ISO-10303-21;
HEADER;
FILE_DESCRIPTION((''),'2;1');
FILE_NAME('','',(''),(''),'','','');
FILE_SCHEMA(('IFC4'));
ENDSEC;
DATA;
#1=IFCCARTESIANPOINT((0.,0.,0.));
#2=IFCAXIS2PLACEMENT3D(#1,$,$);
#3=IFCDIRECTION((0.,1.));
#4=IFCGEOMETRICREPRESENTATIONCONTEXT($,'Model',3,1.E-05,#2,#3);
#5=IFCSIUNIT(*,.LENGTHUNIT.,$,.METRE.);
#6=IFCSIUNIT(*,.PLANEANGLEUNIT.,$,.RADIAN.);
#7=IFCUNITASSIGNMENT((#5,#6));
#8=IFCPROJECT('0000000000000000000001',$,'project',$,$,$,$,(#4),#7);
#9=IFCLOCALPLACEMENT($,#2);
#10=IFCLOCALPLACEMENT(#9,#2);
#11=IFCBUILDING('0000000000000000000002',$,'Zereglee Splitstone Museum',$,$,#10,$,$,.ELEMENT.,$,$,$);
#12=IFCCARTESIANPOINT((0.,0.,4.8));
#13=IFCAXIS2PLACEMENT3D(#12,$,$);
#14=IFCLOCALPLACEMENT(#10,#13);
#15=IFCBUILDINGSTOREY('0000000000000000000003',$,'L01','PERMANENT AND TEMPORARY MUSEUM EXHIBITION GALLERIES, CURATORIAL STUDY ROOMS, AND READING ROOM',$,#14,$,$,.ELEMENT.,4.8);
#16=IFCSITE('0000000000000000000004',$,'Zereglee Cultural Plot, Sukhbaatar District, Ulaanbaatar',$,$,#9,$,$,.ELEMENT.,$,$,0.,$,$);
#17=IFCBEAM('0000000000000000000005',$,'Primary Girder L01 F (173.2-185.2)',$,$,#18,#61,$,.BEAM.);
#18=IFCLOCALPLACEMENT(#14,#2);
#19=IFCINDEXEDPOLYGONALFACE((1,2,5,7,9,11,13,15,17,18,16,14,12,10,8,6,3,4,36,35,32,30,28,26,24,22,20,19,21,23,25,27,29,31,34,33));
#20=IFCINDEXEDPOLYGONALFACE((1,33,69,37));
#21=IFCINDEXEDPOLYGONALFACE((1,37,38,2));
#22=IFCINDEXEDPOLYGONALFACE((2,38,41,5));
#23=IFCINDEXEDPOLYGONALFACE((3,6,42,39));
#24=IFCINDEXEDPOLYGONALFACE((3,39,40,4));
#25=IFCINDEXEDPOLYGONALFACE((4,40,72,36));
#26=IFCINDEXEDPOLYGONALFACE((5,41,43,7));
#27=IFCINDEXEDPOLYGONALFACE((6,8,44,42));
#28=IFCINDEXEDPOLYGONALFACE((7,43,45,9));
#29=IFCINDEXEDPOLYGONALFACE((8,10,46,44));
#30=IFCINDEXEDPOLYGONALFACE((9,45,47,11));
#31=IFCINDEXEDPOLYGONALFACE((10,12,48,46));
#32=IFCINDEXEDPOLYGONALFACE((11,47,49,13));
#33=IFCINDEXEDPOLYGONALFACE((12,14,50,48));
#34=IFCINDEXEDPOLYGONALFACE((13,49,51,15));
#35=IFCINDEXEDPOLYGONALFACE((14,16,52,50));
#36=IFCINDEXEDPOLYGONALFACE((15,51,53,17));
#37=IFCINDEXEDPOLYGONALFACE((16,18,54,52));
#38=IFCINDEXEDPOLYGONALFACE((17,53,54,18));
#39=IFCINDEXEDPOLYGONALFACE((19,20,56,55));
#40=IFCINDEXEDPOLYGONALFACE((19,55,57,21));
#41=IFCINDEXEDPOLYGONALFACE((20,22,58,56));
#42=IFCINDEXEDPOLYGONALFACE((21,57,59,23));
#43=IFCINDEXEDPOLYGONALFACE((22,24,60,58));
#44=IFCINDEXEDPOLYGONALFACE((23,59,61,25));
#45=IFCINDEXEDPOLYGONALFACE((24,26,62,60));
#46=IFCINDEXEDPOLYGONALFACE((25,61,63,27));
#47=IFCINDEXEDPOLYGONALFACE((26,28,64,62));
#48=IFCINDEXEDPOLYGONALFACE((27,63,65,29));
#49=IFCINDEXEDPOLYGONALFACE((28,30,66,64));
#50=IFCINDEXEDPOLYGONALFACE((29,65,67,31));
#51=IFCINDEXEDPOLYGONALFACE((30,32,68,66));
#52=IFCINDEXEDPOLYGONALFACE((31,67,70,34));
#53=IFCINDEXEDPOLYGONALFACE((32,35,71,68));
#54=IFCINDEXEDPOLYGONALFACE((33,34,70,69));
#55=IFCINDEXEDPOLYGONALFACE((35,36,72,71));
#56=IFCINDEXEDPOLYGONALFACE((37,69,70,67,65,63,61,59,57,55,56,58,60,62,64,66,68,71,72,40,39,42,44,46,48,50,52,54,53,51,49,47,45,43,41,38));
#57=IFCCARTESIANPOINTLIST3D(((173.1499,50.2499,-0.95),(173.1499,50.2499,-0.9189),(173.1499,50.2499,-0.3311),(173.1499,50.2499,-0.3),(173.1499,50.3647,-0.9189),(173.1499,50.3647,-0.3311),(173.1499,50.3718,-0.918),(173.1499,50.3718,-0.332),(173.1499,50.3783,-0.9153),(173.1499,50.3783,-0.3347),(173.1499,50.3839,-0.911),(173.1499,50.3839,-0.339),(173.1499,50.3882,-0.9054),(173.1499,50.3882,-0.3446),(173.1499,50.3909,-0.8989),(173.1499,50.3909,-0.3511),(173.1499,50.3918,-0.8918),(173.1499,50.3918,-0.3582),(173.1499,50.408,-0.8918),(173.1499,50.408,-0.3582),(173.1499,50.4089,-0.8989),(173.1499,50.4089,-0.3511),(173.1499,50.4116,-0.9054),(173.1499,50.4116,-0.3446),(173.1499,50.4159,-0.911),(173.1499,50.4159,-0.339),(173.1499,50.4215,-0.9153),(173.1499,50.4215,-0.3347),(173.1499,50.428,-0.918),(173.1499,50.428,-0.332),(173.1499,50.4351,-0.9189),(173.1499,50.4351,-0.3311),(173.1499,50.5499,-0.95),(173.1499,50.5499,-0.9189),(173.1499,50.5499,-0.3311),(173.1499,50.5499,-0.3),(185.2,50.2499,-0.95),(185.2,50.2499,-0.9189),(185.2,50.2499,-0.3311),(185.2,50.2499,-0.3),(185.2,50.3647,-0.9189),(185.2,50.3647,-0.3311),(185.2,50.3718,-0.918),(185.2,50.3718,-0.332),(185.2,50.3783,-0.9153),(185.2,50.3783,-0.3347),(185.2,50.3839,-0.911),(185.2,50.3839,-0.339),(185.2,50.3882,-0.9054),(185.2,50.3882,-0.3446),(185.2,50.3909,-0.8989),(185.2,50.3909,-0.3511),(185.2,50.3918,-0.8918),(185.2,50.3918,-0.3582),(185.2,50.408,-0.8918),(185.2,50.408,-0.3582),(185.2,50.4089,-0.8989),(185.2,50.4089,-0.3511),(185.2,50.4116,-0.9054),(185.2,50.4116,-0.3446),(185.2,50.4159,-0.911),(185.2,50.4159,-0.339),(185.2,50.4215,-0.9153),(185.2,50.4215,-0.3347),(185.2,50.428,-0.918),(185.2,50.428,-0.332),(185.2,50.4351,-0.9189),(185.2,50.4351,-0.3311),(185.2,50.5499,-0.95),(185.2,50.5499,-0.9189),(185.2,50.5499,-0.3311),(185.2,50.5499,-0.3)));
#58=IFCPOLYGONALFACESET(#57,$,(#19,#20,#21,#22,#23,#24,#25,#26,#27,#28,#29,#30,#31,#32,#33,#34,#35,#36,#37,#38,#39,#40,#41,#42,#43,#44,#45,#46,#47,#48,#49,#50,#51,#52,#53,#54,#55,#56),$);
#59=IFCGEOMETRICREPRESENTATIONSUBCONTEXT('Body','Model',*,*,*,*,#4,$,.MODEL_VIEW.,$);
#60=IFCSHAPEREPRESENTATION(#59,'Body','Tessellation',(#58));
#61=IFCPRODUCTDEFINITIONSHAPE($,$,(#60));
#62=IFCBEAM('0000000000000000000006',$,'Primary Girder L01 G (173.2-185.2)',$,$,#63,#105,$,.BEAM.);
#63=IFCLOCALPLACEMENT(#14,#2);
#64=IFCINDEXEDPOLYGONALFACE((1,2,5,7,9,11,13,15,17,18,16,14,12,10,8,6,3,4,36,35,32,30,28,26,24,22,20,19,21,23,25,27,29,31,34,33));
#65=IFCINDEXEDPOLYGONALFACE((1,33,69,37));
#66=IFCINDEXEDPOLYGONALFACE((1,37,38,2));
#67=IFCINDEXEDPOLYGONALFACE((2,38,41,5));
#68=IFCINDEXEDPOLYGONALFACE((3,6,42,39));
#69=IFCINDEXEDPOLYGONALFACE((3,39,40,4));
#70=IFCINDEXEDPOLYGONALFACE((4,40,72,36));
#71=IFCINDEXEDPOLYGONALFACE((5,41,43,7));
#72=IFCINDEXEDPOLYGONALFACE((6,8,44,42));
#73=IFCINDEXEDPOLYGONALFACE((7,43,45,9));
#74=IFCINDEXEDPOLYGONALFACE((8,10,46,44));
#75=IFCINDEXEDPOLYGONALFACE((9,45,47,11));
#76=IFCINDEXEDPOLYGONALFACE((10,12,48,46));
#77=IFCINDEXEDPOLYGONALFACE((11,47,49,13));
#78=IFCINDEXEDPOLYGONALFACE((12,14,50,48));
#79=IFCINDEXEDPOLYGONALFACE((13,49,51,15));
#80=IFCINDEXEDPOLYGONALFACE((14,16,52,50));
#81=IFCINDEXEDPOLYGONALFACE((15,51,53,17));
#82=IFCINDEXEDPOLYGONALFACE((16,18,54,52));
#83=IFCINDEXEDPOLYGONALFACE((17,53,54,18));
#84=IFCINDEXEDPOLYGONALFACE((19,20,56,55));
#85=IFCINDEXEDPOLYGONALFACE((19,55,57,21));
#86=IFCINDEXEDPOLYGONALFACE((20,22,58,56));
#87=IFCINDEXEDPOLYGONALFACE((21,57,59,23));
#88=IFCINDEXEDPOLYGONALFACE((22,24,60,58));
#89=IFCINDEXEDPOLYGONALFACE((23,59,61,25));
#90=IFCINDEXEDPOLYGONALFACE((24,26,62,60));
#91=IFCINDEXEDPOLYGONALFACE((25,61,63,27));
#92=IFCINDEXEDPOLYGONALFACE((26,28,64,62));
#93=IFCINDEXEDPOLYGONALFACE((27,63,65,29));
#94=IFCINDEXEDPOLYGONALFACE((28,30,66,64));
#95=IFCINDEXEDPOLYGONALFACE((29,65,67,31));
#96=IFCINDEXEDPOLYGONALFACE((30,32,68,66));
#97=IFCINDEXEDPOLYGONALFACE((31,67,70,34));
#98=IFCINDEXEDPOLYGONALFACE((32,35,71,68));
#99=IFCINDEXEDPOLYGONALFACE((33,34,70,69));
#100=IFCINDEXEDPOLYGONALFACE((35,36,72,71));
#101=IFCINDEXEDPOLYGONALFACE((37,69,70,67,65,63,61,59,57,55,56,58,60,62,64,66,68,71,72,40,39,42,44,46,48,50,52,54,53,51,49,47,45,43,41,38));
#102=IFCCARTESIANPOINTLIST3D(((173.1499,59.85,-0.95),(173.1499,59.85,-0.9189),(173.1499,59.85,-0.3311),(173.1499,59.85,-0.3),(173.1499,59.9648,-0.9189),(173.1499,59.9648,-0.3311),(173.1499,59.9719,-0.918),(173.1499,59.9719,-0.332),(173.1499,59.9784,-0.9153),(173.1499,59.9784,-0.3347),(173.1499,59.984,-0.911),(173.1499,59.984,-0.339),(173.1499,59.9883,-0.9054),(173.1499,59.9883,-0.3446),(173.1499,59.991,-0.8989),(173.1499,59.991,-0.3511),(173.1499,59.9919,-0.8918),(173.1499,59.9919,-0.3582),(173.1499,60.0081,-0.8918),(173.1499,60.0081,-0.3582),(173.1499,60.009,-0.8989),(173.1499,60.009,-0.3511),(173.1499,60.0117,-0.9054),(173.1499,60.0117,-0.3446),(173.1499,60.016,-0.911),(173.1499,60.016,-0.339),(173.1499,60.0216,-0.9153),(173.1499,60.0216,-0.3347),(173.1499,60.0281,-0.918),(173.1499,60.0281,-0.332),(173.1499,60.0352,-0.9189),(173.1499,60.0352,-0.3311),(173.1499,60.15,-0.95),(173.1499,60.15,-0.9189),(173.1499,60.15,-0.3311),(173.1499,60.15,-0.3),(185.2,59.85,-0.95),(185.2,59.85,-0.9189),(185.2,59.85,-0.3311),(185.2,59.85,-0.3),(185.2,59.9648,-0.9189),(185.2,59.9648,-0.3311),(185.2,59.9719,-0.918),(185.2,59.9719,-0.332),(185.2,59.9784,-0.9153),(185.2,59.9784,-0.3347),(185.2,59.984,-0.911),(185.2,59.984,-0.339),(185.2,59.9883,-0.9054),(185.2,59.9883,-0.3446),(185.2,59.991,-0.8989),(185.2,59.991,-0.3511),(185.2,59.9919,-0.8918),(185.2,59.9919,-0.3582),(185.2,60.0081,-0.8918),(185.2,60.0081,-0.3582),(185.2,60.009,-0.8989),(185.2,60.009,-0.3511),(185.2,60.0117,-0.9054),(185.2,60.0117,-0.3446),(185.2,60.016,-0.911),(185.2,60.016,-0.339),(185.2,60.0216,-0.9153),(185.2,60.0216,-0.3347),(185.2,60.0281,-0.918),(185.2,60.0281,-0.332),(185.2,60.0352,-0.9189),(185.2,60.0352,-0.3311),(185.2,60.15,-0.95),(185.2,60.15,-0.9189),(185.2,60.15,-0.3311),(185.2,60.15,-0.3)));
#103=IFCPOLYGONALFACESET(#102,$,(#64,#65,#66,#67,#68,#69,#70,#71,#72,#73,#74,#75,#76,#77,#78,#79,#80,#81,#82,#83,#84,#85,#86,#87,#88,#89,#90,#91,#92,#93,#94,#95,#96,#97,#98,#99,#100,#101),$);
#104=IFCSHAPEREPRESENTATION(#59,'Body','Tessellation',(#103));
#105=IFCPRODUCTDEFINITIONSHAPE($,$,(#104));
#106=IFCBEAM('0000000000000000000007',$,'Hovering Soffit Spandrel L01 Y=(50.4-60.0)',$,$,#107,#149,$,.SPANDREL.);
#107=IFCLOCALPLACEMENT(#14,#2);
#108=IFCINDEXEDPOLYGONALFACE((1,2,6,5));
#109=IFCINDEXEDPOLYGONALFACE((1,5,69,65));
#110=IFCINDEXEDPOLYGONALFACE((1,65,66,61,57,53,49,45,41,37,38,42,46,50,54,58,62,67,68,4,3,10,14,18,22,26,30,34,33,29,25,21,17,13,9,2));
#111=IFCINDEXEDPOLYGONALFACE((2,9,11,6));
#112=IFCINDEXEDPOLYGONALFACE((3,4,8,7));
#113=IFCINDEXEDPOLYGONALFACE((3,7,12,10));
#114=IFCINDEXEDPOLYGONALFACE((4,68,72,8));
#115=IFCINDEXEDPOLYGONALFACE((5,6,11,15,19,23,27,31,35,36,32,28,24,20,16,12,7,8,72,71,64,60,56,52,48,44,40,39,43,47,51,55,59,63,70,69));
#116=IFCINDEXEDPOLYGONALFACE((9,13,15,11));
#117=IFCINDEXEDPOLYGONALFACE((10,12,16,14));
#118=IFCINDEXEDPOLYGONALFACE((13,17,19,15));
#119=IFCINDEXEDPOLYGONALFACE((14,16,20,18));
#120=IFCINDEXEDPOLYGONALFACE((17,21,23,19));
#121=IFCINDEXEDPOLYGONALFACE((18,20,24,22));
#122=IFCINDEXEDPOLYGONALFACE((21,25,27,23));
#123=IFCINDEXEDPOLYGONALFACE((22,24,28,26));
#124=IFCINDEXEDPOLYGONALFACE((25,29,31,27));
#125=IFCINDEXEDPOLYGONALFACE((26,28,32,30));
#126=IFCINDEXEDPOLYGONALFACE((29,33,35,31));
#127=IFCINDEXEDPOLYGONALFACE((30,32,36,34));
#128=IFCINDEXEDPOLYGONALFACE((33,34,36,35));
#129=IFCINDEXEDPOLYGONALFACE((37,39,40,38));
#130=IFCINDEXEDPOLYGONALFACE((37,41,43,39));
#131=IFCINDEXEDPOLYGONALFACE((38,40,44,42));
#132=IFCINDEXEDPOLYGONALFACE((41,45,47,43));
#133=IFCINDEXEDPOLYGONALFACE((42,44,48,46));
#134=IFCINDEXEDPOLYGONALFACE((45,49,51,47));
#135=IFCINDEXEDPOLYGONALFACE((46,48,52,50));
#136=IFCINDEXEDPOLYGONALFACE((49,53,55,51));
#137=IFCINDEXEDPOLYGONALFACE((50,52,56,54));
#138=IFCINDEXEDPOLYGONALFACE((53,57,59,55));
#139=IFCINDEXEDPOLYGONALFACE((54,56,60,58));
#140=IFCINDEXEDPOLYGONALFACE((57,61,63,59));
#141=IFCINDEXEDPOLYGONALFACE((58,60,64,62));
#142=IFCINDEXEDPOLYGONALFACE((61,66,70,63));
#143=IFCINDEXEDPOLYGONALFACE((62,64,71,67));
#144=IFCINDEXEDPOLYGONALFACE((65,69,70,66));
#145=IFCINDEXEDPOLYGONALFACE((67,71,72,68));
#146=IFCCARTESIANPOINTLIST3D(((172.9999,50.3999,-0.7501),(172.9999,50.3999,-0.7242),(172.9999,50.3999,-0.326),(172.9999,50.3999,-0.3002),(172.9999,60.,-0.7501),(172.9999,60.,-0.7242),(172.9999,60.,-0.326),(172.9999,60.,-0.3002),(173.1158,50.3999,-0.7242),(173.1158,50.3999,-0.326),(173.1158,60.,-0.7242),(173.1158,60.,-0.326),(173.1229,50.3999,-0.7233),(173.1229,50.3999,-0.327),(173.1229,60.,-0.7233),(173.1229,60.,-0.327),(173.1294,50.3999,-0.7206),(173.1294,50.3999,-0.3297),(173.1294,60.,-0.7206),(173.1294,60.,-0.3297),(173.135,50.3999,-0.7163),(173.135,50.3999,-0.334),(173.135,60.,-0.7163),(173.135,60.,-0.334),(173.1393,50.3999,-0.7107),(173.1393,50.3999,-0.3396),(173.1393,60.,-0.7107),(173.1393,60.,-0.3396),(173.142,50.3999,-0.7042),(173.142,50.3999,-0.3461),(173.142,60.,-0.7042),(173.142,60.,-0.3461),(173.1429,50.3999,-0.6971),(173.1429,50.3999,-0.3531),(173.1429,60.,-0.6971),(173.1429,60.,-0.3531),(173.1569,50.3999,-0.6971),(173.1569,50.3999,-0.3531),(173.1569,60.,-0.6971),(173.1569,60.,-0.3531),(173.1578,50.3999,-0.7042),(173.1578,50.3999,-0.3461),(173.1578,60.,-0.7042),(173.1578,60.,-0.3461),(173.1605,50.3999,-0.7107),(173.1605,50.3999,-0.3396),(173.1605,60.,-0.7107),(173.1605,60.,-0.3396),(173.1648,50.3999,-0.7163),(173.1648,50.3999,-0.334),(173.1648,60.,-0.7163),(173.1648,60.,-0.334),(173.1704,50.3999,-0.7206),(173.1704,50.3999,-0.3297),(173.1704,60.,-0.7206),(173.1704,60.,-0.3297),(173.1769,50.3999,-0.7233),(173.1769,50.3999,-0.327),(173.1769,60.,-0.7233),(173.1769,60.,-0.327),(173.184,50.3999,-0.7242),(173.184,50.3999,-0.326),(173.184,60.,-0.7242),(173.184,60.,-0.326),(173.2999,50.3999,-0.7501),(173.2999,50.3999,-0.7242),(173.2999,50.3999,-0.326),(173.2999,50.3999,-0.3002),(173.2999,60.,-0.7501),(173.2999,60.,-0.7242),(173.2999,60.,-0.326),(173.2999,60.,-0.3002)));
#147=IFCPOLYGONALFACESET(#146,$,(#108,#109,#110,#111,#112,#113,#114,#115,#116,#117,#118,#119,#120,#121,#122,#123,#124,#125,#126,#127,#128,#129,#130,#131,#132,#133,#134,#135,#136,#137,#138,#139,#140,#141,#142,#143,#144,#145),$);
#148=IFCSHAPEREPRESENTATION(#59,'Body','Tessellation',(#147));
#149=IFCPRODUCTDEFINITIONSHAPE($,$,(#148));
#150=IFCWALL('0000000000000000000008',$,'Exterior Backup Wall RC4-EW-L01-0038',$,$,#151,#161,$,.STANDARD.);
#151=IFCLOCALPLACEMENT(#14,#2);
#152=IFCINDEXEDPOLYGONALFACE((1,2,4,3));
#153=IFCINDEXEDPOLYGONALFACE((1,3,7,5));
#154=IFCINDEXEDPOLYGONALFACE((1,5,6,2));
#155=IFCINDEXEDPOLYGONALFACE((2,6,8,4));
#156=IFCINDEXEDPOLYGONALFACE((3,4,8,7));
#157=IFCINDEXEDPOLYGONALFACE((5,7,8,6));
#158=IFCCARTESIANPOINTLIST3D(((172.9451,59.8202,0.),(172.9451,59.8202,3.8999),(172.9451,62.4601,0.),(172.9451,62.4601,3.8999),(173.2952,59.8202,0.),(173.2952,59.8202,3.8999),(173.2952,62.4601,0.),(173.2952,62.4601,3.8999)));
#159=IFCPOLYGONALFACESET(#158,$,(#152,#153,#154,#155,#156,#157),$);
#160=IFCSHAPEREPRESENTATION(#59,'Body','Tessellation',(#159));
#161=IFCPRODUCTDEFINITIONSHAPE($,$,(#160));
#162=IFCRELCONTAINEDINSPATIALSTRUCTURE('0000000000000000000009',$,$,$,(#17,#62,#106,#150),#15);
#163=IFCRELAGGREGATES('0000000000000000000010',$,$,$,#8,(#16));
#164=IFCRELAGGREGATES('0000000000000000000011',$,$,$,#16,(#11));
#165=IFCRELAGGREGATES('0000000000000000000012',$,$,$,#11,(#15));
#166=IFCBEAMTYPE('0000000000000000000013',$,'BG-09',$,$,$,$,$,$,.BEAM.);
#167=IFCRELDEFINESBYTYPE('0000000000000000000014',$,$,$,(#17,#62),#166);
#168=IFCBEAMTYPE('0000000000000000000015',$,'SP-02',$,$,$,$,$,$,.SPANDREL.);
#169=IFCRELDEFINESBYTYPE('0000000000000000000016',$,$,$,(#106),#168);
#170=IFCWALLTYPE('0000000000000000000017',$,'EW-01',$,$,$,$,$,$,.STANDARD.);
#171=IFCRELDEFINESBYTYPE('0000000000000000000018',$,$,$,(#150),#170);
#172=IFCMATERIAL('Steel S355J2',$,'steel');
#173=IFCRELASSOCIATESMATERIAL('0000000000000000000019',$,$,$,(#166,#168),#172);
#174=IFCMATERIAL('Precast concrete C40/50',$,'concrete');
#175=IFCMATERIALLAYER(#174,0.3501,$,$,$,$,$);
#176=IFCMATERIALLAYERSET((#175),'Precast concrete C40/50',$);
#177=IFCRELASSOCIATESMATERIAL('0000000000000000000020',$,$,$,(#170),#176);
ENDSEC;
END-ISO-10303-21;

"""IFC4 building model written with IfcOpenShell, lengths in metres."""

from ifc_helpers import new_model, si_unit, direction, frame, frame_2d, origin, origin_2d, place, context, subcontext, project, spatial, rectangle, i_section, extrude, material, layer, layer_set, material_profile, profile_set, type_object, element, save


model = new_model("IFC4")

# Units and contexts
model_context = context("Model", 3, precision=1e-05, world=origin(), true_north=direction((0.0, 1.0)))
body_context = subcontext(model_context, "Body", "Model", "MODEL_VIEW")
ifc_project = project(units=[si_unit("LENGTHUNIT", "METRE"), si_unit("PLANEANGLEUNIT", "RADIAN")], contexts=[model_context])

# Site, building, storey
site_placement = place(None, origin())
site = spatial("IfcSite", under=ifc_project, at=site_placement, Name="Zereglee Cultural Plot, Sukhbaatar District, Ulaanbaatar", CompositionType="ELEMENT", RefElevation=0.0)
building_placement = place(site_placement, origin())
building = spatial("IfcBuilding", under=site, at=building_placement, Name="Zereglee Splitstone Museum", CompositionType="ELEMENT")
storey_placement = place(building_placement, frame((0.0, 0.0, 4.8)))
storey = spatial("IfcBuildingStorey", under=building, at=storey_placement, Name="L01", Description="PERMANENT AND TEMPORARY MUSEUM EXHIBITION GALLERIES, CURATORIAL STUDY ROOMS, AND READING ROOM", CompositionType="ELEMENT", Elevation=4.8)

# Beams
ifc_material_1 = material(Name="Steel S355J2", Category="steel")
ifc_material_profile_1 = material_profile(ifc_material_1, i_section(OverallWidth=0.3, OverallDepth=0.6499, WebThickness=0.0161, FlangeThickness=0.031, FilletRadius=0.0271, at=origin_2d()), Name="HE 650 B")
ifc_profile_set_1 = profile_set([ifc_material_profile_1], Name="Steel S355J2")
beam_type_1 = type_object("IfcBeamType", Name="BG-09", PredefinedType="BEAM", material=ifc_profile_set_1)
for number, where, z_axis, x_axis, name in (
    (1, (173.1499, 50.3999, -0.625), (1.0, 0.0, 0.0), (0.0, 1.0, 0.0), "Primary Girder L01 F (173.2-185.2)"),
    (2, (173.1499, 60.0, -0.625), (1.0, 0.0, 0.0), (0.0, 1.0, 0.0), "Primary Girder L01 G (173.2-185.2)"),
):
    element("IfcBeam", number, at=place(storey_placement, frame(where, z_axis=z_axis, x_axis=x_axis)), inside=storey, type_object=beam_type_1, Name=name, PredefinedType="BEAM", context=body_context, shape_type="SweptSolid", body=[
        extrude(i_section(OverallWidth=0.3, OverallDepth=0.6499, WebThickness=0.0161, FlangeThickness=0.031, FilletRadius=0.0271, at=origin_2d()), origin(), (0.0, 0.0, 1.0), 12.05),
    ])
ifc_material_profile_2 = material_profile(ifc_material_1, i_section(OverallWidth=0.3, OverallDepth=0.45, WebThickness=0.0139, FlangeThickness=0.0259, FilletRadius=0.0271, at=origin_2d()), Name="HE 450 B")
ifc_profile_set_2 = profile_set([ifc_material_profile_2], Name="Steel S355J2")
beam_type_2 = type_object("IfcBeamType", Name="SP-02", PredefinedType="SPANDREL", material=ifc_profile_set_2)
beam_placement = place(storey_placement, frame((173.1499, 50.3999, -0.5251), z_axis=(0.0, 1.0, 0.0), x_axis=(-1.0, 0.0, 0.0)))
element("IfcBeam", 3, at=beam_placement, inside=storey, type_object=beam_type_2, Name="Hovering Soffit Spandrel L01 Y=(50.4-60.0)", PredefinedType="SPANDREL", context=body_context, shape_type="SweptSolid", body=[
    extrude(i_section(OverallWidth=0.3, OverallDepth=0.45, WebThickness=0.0139, FlangeThickness=0.0259, FilletRadius=0.0271, at=origin_2d()), origin(), (0.0, 0.0, 1.0), 9.6001),
])

# Wall
ifc_material_2 = material(Name="Precast concrete C40/50", Category="concrete")
ifc_layer_1 = layer(ifc_material_2, 0.3501)
ifc_layer_set_1 = layer_set([ifc_layer_1], Name="Precast concrete C40/50")
wall_type = type_object("IfcWallType", Name="EW-01", PredefinedType="STANDARD", material=ifc_layer_set_1)
wall_1_placement = place(storey_placement, frame((173.1201, 62.46, 0.0), z_axis=(0.0, 0.0, 1.0), x_axis=(0.0, -1.0, 0.0)))
element("IfcWall", 4, at=wall_1_placement, inside=storey, type_object=wall_type, Name="Exterior Backup Wall RC4-EW-L01-0038", PredefinedType="STANDARD", context=body_context, shape_type="SweptSolid", body=[
    extrude(rectangle(XDim=2.6399, YDim=0.3501, at=frame_2d((1.3198, 0.0))), origin(), (0.0, 0.0, 1.0), 3.8999),
])

save(model, "model.ifc")
